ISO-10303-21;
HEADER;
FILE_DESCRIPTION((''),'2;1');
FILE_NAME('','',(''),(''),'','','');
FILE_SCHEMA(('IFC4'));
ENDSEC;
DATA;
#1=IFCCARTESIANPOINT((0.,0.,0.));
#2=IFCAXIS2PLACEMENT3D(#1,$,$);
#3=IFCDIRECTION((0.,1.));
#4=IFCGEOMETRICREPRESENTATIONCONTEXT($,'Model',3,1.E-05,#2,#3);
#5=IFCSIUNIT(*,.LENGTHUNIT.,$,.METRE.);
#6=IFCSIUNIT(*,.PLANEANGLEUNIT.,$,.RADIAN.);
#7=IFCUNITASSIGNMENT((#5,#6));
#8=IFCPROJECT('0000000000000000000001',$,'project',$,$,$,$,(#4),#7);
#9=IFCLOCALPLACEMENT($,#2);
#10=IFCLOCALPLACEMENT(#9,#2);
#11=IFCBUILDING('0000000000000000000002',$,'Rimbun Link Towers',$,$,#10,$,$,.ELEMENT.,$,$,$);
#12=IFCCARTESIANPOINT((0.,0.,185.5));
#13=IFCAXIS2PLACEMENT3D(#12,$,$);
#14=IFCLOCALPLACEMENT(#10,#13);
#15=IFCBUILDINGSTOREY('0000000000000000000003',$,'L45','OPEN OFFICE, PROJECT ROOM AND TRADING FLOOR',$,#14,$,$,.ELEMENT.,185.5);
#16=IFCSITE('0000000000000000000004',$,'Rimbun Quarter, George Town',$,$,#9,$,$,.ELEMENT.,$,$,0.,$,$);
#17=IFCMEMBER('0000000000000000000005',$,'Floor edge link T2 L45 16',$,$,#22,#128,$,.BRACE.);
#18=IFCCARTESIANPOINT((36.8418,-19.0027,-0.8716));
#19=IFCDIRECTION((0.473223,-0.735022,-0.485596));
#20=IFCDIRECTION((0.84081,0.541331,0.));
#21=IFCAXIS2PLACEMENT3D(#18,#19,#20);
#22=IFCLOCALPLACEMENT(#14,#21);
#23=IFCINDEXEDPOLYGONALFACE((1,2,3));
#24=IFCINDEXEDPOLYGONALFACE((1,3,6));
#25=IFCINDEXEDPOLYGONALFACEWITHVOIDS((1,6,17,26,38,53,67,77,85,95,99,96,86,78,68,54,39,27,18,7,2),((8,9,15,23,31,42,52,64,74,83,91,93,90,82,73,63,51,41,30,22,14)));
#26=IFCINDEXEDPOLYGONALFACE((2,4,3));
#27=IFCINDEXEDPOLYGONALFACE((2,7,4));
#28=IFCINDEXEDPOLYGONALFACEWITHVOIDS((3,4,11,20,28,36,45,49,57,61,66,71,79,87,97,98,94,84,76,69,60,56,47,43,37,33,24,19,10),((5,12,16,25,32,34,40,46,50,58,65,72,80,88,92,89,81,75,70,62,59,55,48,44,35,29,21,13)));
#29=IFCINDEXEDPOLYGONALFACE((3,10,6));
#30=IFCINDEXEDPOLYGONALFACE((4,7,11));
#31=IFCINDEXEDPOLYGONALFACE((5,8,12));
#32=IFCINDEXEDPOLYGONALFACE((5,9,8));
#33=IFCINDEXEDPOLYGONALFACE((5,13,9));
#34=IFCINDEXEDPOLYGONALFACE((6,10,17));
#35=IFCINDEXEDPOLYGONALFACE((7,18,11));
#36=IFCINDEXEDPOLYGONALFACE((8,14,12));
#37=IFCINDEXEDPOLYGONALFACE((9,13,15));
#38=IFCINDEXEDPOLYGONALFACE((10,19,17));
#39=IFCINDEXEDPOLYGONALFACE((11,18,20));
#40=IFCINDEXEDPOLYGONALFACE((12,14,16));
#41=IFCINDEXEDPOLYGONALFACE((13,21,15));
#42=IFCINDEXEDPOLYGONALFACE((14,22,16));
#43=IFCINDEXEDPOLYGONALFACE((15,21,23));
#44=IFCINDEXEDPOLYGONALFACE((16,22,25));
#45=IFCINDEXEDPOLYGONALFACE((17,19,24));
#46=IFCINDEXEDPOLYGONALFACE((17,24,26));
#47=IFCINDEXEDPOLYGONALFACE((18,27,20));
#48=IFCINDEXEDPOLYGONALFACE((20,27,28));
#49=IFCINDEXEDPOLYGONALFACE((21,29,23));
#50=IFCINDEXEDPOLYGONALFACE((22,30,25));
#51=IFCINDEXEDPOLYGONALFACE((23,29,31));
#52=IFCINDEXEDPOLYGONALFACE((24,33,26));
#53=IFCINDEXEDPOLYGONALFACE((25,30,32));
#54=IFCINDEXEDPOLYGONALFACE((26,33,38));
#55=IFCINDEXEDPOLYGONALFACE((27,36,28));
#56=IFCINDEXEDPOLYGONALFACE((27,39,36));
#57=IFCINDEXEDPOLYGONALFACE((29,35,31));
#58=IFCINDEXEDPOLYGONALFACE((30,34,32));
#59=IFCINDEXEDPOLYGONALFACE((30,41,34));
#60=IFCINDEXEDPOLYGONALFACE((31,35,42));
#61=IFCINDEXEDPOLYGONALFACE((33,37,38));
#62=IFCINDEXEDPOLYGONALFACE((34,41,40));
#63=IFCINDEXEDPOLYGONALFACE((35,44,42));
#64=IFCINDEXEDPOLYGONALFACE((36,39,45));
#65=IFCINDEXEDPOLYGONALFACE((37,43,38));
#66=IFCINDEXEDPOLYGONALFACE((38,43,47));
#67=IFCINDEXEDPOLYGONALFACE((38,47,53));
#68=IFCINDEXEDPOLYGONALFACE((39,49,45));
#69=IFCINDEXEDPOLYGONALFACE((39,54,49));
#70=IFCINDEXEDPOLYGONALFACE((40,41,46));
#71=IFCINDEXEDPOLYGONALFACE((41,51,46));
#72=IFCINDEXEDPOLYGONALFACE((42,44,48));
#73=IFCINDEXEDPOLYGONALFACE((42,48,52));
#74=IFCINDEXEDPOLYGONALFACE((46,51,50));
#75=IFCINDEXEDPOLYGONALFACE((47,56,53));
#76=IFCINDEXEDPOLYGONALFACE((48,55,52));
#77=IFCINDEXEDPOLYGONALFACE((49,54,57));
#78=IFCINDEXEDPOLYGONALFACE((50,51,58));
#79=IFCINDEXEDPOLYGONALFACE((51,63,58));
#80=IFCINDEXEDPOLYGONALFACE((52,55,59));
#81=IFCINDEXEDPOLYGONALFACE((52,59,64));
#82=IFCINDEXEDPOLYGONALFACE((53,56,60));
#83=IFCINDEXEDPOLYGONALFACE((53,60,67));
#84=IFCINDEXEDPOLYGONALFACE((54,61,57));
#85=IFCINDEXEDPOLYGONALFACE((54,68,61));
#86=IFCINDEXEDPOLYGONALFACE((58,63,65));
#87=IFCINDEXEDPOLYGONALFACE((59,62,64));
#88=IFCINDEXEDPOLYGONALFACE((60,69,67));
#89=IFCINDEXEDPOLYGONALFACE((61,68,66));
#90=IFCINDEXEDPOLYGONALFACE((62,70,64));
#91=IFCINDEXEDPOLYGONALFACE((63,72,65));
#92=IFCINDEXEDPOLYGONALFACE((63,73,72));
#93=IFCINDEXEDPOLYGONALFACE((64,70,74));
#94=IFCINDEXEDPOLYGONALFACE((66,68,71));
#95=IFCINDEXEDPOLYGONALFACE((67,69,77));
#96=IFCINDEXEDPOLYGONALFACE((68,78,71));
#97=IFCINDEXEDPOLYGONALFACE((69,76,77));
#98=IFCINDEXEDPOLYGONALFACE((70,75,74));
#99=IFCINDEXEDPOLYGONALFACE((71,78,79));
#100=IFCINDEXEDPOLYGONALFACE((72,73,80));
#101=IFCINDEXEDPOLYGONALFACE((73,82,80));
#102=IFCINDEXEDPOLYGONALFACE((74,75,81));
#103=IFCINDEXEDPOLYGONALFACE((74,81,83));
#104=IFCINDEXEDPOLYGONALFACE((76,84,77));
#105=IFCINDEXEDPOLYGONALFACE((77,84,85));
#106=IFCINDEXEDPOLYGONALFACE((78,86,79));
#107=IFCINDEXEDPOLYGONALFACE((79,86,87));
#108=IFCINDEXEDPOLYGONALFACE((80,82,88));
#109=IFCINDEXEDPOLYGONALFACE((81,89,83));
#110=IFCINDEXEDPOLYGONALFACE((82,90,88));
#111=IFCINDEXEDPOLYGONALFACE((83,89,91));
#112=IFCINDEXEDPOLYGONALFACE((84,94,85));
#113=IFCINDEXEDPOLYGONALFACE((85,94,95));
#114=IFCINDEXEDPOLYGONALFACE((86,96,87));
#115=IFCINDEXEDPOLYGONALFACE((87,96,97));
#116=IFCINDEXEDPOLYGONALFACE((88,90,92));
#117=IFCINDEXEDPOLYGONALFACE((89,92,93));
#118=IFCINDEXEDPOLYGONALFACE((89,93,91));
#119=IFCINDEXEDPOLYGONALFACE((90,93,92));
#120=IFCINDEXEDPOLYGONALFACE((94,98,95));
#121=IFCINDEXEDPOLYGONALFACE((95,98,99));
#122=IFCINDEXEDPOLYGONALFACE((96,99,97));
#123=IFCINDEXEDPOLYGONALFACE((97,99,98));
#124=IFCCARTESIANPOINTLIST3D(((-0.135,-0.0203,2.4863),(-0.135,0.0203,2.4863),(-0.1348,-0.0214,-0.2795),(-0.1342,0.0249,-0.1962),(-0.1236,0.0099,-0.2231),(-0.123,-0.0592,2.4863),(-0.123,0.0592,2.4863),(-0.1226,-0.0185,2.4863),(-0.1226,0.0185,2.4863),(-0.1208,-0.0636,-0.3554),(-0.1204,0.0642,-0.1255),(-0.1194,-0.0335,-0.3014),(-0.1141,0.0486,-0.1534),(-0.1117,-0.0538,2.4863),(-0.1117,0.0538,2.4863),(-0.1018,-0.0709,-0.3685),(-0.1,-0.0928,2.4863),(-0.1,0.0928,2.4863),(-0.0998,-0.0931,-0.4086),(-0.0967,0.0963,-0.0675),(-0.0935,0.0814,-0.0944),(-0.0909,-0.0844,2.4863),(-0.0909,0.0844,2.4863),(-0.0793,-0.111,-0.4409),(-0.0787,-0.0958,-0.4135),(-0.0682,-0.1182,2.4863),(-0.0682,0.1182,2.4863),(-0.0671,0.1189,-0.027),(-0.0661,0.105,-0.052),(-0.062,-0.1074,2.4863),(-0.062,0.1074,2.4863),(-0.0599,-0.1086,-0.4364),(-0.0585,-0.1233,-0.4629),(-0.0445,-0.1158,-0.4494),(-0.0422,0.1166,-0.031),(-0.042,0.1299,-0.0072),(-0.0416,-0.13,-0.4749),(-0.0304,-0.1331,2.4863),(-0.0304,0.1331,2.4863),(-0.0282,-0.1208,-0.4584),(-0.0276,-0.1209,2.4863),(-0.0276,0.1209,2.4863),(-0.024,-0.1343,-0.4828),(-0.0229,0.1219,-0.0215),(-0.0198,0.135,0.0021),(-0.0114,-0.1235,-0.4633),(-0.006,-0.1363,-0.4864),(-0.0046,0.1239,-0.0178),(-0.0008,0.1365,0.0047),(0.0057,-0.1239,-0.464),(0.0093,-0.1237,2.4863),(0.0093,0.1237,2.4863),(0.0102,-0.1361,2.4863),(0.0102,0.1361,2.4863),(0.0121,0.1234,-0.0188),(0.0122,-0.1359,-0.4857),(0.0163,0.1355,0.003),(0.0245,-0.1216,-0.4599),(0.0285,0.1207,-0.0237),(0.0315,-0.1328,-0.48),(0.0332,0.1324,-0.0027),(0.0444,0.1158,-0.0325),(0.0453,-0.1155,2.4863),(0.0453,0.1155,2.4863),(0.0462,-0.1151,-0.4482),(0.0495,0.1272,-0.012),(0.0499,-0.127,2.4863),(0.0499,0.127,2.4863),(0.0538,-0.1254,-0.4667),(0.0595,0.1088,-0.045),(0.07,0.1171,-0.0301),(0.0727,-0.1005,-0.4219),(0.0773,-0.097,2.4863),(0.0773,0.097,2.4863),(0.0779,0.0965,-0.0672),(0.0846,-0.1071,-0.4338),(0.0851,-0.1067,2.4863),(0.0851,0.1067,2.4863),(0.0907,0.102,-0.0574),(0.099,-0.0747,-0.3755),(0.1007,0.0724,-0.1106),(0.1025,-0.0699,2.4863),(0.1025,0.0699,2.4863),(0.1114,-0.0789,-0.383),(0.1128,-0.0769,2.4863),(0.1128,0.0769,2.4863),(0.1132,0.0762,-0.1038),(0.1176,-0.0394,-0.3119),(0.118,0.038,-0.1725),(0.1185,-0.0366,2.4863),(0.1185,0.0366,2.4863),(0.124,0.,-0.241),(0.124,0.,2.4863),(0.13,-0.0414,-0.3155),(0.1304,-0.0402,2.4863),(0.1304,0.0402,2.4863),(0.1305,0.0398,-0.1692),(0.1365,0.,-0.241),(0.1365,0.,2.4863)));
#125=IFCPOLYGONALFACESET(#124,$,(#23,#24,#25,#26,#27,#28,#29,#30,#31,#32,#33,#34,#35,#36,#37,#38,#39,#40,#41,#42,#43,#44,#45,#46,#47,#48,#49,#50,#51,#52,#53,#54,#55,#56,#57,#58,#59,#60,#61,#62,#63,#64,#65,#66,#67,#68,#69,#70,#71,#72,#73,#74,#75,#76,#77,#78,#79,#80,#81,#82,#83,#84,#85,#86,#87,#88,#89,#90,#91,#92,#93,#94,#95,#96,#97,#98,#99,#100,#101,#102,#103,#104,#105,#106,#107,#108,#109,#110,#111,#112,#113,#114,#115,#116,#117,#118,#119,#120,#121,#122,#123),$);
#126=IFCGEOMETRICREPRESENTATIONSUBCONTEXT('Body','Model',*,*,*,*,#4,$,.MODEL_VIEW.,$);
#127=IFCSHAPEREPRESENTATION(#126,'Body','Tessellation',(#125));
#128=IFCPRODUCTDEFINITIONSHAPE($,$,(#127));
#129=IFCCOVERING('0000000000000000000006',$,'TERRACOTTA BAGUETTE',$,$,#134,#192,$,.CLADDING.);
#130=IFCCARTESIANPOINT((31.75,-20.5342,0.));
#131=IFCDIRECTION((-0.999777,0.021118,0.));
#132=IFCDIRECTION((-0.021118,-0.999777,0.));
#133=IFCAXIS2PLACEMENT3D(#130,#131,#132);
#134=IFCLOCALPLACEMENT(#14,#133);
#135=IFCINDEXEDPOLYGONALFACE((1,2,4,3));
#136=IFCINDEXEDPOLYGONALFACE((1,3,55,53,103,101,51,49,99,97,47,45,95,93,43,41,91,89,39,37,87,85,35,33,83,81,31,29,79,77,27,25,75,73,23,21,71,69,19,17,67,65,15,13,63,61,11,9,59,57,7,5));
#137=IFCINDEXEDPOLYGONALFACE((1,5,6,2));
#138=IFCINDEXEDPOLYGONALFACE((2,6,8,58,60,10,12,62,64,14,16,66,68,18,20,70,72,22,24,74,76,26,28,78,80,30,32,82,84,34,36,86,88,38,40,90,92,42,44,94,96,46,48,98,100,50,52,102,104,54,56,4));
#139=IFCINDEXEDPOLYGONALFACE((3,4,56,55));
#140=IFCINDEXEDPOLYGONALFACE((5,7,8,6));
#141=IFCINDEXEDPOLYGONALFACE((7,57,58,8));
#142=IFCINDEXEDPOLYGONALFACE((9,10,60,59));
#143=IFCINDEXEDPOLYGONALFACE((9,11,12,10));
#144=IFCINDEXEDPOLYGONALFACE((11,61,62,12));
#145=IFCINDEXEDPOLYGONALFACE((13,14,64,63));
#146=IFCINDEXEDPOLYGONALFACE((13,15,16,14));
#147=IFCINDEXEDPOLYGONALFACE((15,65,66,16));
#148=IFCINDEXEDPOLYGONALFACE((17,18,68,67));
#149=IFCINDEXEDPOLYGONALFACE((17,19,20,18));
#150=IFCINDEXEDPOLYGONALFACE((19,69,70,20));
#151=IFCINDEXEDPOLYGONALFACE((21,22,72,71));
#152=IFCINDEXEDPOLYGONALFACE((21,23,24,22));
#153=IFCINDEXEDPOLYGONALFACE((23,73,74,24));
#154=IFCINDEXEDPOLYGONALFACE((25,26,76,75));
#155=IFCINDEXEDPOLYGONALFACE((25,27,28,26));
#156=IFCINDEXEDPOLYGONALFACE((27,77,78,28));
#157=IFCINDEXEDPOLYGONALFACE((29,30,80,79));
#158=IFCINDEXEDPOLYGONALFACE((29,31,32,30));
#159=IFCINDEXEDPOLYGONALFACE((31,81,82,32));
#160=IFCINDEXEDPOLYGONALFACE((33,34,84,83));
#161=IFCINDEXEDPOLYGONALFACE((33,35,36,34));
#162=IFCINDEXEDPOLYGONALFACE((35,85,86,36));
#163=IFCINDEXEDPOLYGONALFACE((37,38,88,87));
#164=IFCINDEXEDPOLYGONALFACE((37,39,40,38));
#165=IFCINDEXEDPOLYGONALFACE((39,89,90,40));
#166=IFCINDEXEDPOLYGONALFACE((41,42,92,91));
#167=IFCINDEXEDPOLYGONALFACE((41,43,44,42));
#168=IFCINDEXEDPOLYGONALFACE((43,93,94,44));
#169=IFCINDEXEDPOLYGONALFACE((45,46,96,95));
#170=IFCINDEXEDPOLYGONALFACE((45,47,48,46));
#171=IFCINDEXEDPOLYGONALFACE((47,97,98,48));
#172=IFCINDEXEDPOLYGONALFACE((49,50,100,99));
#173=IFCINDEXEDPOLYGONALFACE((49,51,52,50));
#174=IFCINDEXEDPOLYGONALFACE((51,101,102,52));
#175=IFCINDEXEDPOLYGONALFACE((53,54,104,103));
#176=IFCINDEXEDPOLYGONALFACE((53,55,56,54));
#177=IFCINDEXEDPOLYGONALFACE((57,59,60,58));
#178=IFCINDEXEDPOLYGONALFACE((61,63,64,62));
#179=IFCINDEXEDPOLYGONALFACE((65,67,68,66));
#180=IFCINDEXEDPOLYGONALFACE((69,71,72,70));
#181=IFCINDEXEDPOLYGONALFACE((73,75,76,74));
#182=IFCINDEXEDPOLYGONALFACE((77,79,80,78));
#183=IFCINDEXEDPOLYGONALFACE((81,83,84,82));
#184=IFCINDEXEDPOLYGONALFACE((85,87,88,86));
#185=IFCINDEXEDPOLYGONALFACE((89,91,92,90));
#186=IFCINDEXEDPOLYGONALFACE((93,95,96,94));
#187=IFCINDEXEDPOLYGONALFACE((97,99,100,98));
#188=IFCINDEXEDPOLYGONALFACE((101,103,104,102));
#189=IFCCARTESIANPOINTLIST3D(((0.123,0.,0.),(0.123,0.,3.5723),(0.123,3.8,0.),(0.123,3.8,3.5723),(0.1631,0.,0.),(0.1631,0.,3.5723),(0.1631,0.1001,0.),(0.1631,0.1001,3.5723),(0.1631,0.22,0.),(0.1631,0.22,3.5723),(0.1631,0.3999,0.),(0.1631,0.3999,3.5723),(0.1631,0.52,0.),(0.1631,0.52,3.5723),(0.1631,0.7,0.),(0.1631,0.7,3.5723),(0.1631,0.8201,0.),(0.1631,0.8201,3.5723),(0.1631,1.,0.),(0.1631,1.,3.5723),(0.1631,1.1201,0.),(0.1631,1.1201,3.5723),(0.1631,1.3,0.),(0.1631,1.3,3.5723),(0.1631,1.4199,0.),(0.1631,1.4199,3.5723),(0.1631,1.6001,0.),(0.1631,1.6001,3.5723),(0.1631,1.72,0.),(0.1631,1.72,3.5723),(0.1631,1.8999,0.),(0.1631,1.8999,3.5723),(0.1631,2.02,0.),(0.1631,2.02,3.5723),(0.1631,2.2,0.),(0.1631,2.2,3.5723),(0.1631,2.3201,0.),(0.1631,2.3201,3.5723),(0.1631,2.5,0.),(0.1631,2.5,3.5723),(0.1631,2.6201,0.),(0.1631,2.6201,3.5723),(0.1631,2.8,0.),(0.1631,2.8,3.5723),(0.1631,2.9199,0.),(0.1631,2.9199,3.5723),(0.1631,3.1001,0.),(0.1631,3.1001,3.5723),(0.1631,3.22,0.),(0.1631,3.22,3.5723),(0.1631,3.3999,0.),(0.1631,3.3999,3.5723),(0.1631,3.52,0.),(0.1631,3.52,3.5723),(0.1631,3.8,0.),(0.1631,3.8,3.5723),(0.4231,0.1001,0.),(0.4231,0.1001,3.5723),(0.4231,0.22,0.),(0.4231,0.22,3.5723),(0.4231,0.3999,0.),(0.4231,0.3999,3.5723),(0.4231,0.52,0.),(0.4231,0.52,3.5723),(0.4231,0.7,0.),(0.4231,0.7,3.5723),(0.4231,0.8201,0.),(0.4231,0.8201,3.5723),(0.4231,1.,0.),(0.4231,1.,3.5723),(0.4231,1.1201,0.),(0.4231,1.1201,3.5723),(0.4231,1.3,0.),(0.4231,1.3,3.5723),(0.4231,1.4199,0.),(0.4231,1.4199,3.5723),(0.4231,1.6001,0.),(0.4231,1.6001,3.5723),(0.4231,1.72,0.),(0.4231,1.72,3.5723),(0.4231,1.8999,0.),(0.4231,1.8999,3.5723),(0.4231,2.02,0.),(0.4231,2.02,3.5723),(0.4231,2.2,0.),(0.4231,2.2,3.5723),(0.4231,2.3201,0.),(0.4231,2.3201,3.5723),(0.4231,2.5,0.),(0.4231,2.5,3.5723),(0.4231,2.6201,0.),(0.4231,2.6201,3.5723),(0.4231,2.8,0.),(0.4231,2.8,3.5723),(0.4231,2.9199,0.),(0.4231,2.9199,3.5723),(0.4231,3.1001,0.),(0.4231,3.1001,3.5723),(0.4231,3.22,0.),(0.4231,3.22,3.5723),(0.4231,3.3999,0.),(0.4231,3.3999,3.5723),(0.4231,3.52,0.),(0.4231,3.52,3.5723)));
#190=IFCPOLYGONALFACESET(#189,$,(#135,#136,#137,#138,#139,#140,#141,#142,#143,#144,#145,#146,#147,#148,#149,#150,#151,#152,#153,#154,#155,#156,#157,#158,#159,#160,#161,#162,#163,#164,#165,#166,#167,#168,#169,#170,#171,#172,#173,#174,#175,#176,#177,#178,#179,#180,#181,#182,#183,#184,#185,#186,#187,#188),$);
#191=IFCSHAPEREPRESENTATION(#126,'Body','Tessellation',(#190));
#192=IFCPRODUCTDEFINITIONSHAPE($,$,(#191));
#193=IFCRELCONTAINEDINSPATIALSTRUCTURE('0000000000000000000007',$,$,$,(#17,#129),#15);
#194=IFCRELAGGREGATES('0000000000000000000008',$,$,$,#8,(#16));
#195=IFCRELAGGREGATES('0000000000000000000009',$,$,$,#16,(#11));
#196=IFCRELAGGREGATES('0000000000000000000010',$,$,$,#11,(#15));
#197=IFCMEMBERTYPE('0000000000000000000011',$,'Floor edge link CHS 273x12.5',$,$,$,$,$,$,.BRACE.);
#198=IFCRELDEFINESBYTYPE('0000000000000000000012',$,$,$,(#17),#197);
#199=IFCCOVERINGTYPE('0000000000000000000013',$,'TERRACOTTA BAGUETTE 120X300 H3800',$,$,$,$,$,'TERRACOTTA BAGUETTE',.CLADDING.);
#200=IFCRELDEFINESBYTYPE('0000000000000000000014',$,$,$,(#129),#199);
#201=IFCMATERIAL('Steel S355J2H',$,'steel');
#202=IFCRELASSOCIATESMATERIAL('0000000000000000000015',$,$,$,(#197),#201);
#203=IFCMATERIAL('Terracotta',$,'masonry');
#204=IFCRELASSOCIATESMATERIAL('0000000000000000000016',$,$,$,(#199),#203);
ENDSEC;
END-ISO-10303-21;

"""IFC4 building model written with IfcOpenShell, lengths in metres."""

from ifc_helpers import new_model, si_unit, direction, frame, origin, origin_2d, place, context, subcontext, project, spatial, polyline, hollow_circle, outline, extrude, clip, halfspace, material, material_profile, profile_set, type_object, element, save


model = new_model("IFC4")

# Units and contexts
model_context = context("Model", 3, precision=1e-05, world=origin(), true_north=direction((0.0, 1.0)))
body_context = subcontext(model_context, "Body", "Model", "MODEL_VIEW")
ifc_project = project(units=[si_unit("LENGTHUNIT", "METRE"), si_unit("PLANEANGLEUNIT", "RADIAN")], contexts=[model_context])

# Site, building, storey
site_placement = place(None, origin())
site = spatial("IfcSite", under=ifc_project, at=site_placement, Name="Rimbun Quarter, George Town", CompositionType="ELEMENT", RefElevation=0.0)
building_placement = place(site_placement, origin())
building = spatial("IfcBuilding", under=site, at=building_placement, Name="Rimbun Link Towers", CompositionType="ELEMENT")
storey_placement = place(building_placement, frame((0.0, 0.0, 185.5)))
storey = spatial("IfcBuildingStorey", under=building, at=storey_placement, Name="L45", Description="OPEN OFFICE, PROJECT ROOM AND TRADING FLOOR", CompositionType="ELEMENT", Elevation=185.5)

# Member
ifc_material_1 = material(Name="Steel S355J2H", Category="steel")
ifc_material_profile_1 = material_profile(ifc_material_1, hollow_circle(Radius=0.1365, WallThickness=0.0125, at=origin_2d()), Name="CHS 273x12.5")
ifc_profile_set_1 = profile_set([ifc_material_profile_1], Name="Steel S355J2H")
member_type_1 = type_object("IfcMemberType", Name="Floor edge link CHS 273x12.5", PredefinedType="BRACE", material=ifc_profile_set_1)
member_1_placement = place(storey_placement, frame((36.8418, -19.0027, -0.8716), z_axis=(0.473223, -0.735022, -0.485596), x_axis=(0.84081, 0.541331, 0.0)))
element("IfcMember", 1, at=member_1_placement, inside=storey, type_object=member_type_1, Name="Floor edge link T2 L45 16", PredefinedType="BRACE", context=body_context, shape_type="Clipping", body=[
    clip(extrude(hollow_circle(Radius=0.1365, WallThickness=0.0125, at=origin_2d()), frame((0.0, 0.0, -0.512)), (0.0, 0.0, 1.0), 2.9983), halfspace(frame((0.0, 0.0, -0.241), z_axis=(0.0, 0.874184, -0.485596)), False)),
])

# Covering
ifc_material_2 = material(Name="Terracotta", Category="masonry")
ifc_material_profile_2 = material_profile(ifc_material_2, outline(polyline([(0.123, 0.0), (0.1631, 0.0), (0.1631, 0.1001), (0.4231, 0.1001), (0.4231, 0.22), (0.1631, 0.22), (0.1631, 0.3999), (0.4231, 0.3999), (0.4231, 0.52), (0.1631, 0.52), (0.1631, 0.7), (0.4231, 0.7), (0.4231, 0.8201), (0.1631, 0.8201), (0.1631, 1.0), (0.4231, 1.0), (0.4231, 1.1201), (0.1631, 1.1201), (0.1631, 1.3), (0.4231, 1.3), (0.4231, 1.4199), (0.1631, 1.4199), (0.1631, 1.6001), (0.4231, 1.6001), (0.4231, 1.72), (0.1631, 1.72), (0.1631, 1.8999), (0.4231, 1.8999), (0.4231, 2.02), (0.1631, 2.02), (0.1631, 2.2), (0.4231, 2.2), (0.4231, 2.3201), (0.1631, 2.3201), (0.1631, 2.5), (0.4231, 2.5), (0.4231, 2.6201), (0.1631, 2.6201), (0.1631, 2.8), (0.4231, 2.8), (0.4231, 2.9199), (0.1631, 2.9199), (0.1631, 3.1001), (0.4231, 3.1001), (0.4231, 3.22), (0.1631, 3.22), (0.1631, 3.3999), (0.4231, 3.3999), (0.4231, 3.52), (0.1631, 3.52), (0.1631, 3.8), (0.123, 3.8), (0.123, 0.0)])), Name="BAGUETTE 120X300")
ifc_profile_set_2 = profile_set([ifc_material_profile_2], Name="Terracotta")
covering_type = type_object("IfcCoveringType", Name="TERRACOTTA BAGUETTE 120X300 H3800", ElementType="TERRACOTTA BAGUETTE", PredefinedType="CLADDING", material=ifc_profile_set_2)
covering_1_placement = place(storey_placement, frame((31.75, -20.5342, 0.0), z_axis=(-0.999777, 0.021118, 0.0), x_axis=(-0.021118, -0.999777, 0.0)))
element("IfcCovering", 2, at=covering_1_placement, inside=storey, type_object=covering_type, Name="TERRACOTTA BAGUETTE", PredefinedType="CLADDING", context=body_context, shape_type="SweptSolid", body=[
    extrude(outline(polyline([(0.123, 0.0), (0.1631, 0.0), (0.1631, 0.1001), (0.4231, 0.1001), (0.4231, 0.22), (0.1631, 0.22), (0.1631, 0.3999), (0.4231, 0.3999), (0.4231, 0.52), (0.1631, 0.52), (0.1631, 0.7), (0.4231, 0.7), (0.4231, 0.8201), (0.1631, 0.8201), (0.1631, 1.0), (0.4231, 1.0), (0.4231, 1.1201), (0.1631, 1.1201), (0.1631, 1.3), (0.4231, 1.3), (0.4231, 1.4199), (0.1631, 1.4199), (0.1631, 1.6001), (0.4231, 1.6001), (0.4231, 1.72), (0.1631, 1.72), (0.1631, 1.8999), (0.4231, 1.8999), (0.4231, 2.02), (0.1631, 2.02), (0.1631, 2.2), (0.4231, 2.2), (0.4231, 2.3201), (0.1631, 2.3201), (0.1631, 2.5), (0.4231, 2.5), (0.4231, 2.6201), (0.1631, 2.6201), (0.1631, 2.8), (0.4231, 2.8), (0.4231, 2.9199), (0.1631, 2.9199), (0.1631, 3.1001), (0.4231, 3.1001), (0.4231, 3.22), (0.1631, 3.22), (0.1631, 3.3999), (0.4231, 3.3999), (0.4231, 3.52), (0.1631, 3.52), (0.1631, 3.8), (0.123, 3.8), (0.123, 0.0)])), origin(), (0.0, 0.0, 1.0), 3.5723),
])

save(model, "model.ifc")
